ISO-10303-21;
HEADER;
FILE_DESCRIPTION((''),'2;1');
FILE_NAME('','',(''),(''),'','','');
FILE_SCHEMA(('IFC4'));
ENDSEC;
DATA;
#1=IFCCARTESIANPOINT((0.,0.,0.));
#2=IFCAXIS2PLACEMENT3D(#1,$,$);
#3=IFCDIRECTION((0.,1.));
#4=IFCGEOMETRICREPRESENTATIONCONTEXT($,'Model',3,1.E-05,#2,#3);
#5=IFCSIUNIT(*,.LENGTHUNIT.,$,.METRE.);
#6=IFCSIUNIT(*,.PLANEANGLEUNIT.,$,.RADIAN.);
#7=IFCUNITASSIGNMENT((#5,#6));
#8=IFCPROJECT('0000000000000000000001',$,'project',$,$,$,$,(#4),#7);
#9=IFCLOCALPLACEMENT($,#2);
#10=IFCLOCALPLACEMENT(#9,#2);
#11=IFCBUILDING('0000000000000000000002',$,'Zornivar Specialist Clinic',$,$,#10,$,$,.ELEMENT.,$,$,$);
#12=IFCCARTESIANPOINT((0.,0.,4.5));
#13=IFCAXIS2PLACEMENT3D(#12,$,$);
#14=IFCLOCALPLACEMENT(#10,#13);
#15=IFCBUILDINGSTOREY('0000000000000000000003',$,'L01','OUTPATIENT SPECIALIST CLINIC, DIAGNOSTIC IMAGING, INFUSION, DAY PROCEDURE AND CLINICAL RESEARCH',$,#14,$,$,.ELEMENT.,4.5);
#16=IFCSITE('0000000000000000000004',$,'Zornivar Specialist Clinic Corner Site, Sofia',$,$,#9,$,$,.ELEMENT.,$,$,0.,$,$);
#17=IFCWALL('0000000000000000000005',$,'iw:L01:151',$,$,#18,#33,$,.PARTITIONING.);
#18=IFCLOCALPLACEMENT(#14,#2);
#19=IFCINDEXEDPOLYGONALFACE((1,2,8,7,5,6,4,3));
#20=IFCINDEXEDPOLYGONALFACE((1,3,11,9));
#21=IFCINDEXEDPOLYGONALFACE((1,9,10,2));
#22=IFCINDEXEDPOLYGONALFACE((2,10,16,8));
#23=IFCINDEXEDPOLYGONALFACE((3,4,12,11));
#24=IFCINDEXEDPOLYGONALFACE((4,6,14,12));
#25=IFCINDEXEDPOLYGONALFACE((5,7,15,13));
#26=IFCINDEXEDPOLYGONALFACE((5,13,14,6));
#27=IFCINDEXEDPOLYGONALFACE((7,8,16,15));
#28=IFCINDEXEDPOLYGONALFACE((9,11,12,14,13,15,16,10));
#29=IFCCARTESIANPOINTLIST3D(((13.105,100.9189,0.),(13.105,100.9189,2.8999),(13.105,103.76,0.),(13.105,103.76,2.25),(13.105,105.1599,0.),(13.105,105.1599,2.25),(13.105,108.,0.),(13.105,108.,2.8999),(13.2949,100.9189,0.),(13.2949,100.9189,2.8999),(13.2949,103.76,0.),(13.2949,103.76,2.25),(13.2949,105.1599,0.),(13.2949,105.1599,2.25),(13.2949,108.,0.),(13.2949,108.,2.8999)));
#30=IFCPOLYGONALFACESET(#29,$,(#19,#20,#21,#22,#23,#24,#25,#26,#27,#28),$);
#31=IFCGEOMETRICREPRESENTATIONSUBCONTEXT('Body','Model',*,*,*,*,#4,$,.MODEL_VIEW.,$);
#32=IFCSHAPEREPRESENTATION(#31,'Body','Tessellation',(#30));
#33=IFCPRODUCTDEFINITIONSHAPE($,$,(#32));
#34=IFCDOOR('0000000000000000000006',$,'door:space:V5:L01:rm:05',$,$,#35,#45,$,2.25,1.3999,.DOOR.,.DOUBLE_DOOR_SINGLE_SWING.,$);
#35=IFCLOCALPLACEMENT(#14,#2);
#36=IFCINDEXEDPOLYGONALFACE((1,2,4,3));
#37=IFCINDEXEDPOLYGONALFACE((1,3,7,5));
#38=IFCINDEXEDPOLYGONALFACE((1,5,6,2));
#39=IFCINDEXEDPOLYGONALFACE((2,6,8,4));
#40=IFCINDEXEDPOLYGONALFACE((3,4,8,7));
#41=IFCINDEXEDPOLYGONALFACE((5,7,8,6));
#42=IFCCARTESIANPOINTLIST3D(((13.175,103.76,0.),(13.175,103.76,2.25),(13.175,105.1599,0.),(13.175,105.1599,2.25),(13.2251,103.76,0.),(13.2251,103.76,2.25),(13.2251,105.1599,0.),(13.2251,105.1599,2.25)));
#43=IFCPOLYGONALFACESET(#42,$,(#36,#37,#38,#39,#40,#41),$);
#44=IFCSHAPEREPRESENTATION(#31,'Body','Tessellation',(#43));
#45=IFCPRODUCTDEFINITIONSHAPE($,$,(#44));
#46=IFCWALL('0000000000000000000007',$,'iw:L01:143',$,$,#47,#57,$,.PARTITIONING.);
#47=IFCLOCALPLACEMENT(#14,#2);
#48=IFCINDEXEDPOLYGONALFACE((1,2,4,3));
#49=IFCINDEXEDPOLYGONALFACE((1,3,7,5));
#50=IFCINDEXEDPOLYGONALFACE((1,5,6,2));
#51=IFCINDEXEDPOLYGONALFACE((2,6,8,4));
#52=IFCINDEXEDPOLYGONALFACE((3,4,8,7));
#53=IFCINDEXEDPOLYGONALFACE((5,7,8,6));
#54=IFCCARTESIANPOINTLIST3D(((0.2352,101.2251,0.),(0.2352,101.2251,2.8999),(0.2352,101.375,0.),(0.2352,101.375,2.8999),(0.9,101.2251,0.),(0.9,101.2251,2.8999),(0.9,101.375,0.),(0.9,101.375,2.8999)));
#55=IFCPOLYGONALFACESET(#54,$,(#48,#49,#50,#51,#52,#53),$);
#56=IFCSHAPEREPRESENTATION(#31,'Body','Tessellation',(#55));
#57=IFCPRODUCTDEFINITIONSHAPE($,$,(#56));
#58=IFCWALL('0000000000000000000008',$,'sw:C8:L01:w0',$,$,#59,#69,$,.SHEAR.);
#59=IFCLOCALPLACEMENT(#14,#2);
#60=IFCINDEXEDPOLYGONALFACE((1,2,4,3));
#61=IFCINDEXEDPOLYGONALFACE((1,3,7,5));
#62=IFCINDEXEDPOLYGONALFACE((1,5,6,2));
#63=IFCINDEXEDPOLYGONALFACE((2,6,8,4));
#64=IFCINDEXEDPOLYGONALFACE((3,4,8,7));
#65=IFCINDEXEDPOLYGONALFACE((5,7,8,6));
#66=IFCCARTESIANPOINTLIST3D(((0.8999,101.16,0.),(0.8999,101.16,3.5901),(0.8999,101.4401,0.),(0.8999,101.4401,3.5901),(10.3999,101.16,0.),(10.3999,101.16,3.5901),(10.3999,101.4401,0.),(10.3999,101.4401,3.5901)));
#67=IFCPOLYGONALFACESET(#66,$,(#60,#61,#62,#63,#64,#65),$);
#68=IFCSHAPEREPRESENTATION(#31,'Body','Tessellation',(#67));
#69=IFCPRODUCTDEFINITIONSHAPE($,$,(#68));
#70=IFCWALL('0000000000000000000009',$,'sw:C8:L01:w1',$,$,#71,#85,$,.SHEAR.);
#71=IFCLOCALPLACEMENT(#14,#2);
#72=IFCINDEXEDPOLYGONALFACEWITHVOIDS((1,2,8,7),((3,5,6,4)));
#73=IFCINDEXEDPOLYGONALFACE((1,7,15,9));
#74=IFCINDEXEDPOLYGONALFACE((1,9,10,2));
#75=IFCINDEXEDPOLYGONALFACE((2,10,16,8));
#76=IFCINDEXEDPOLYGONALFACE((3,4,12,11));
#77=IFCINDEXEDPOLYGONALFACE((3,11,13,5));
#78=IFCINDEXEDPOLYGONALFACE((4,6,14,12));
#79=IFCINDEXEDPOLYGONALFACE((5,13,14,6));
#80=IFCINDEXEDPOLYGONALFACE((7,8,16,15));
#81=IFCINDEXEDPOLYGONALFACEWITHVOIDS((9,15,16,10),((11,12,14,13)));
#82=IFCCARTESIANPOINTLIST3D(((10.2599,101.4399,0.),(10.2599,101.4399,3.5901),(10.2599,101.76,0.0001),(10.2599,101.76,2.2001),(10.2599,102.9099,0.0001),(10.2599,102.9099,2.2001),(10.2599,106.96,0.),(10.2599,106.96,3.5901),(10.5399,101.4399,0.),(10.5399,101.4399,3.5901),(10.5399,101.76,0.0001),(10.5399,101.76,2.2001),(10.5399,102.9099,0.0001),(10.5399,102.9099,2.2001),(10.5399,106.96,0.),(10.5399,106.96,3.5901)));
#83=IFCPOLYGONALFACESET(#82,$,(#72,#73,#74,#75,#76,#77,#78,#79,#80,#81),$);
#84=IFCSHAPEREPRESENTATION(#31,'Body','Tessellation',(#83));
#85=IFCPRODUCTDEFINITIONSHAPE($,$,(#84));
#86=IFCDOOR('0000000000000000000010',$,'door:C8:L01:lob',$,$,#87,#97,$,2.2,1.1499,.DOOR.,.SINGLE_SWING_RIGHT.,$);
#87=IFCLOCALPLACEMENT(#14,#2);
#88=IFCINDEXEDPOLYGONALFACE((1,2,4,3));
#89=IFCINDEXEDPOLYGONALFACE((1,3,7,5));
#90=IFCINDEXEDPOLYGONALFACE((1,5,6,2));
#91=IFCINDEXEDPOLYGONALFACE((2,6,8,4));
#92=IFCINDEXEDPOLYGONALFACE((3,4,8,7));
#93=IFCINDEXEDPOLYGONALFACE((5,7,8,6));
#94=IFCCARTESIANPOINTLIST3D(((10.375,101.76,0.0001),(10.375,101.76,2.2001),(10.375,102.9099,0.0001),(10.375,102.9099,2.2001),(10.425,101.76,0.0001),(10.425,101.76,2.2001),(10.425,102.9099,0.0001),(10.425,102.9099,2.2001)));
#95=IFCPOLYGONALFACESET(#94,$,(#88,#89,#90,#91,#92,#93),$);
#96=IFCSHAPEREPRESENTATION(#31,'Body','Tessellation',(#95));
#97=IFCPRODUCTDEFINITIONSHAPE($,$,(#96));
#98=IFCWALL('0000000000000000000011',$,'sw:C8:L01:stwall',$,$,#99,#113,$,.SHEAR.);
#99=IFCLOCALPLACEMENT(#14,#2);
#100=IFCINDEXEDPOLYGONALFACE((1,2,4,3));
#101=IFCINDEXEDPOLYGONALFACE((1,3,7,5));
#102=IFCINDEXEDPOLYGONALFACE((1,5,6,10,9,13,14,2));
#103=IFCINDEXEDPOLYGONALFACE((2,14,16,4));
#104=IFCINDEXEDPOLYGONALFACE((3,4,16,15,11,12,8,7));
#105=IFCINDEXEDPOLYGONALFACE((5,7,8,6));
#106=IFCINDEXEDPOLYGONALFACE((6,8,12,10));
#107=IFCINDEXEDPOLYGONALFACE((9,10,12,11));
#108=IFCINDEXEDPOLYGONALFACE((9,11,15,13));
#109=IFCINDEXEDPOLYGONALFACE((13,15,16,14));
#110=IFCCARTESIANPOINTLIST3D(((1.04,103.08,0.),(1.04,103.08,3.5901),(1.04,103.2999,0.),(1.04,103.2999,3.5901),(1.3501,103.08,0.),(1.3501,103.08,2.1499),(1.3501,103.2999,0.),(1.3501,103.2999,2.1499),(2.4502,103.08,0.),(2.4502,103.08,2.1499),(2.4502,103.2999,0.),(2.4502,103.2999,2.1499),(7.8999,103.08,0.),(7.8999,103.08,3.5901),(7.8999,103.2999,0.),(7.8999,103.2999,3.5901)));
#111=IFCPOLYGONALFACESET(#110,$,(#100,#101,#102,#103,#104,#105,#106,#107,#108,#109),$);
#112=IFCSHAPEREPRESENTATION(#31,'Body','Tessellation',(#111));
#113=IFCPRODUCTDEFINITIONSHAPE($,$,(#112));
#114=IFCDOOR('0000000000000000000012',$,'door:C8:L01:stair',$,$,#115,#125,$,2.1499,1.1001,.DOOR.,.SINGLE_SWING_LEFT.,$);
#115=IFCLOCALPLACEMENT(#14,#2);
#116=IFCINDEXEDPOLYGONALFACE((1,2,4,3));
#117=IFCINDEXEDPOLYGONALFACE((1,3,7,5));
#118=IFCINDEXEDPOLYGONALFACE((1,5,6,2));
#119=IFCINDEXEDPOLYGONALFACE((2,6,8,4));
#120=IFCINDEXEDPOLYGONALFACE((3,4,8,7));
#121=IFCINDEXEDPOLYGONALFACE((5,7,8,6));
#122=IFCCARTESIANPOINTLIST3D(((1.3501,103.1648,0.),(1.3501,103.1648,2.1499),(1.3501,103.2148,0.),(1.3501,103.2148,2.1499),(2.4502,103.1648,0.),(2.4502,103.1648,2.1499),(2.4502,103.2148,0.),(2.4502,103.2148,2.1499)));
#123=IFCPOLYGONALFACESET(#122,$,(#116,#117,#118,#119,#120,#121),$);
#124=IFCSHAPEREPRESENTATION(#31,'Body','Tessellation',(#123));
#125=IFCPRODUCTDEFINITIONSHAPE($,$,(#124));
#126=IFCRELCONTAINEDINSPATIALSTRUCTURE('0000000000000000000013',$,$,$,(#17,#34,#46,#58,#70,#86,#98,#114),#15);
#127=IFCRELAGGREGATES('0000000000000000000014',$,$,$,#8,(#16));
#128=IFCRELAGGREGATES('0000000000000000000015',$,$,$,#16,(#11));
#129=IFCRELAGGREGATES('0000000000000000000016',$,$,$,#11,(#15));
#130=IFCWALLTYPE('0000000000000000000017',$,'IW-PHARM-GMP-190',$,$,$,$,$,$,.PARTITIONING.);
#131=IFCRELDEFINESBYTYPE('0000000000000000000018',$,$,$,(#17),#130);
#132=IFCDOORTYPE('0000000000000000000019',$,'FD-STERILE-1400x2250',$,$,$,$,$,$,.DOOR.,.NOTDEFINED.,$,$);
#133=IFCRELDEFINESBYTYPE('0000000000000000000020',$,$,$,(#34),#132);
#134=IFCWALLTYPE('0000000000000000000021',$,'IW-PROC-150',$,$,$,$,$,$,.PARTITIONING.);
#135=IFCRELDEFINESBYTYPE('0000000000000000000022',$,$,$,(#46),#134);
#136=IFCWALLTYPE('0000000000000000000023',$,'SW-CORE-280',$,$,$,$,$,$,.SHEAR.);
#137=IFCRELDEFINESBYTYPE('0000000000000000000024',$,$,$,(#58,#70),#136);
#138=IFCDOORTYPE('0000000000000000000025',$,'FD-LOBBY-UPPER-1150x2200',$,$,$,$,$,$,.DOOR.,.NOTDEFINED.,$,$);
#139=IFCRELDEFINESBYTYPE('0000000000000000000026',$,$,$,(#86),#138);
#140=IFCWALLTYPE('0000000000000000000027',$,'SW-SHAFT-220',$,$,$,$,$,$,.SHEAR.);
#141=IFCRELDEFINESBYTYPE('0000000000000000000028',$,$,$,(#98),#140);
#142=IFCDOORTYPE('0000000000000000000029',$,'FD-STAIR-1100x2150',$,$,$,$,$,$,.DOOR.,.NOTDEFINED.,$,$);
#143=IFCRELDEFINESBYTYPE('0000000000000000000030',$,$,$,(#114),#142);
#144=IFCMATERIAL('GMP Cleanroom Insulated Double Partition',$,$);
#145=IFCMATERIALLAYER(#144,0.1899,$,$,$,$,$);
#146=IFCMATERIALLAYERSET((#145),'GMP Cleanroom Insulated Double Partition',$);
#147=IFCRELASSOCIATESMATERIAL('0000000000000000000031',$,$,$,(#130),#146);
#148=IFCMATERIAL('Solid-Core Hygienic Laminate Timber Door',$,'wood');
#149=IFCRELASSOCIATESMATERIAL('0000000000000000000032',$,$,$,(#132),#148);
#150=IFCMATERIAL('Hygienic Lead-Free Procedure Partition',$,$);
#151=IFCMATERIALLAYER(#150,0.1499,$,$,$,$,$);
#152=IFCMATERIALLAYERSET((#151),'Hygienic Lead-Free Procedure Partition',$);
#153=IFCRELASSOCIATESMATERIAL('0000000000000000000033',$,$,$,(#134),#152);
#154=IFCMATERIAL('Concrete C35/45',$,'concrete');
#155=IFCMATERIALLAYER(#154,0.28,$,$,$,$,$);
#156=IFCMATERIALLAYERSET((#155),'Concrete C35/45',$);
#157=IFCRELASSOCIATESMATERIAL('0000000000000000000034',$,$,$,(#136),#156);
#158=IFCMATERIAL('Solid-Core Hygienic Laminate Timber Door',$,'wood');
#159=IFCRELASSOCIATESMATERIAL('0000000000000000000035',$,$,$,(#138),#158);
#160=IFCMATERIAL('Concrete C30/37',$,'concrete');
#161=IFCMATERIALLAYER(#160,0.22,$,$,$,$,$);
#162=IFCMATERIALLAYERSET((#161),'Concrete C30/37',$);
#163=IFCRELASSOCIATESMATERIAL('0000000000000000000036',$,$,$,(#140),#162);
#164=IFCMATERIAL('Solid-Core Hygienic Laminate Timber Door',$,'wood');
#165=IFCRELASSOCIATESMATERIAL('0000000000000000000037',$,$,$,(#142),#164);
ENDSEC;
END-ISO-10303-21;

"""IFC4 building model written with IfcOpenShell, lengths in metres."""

from ifc_helpers import new_model, si_unit, direction, frame, frame_2d, origin, place, context, subcontext, project, spatial, rectangle, extrude, material, layer, layer_set, type_object, element, fill, save


model = new_model("IFC4")

# Units and contexts
model_context = context("Model", 3, precision=1e-05, world=origin(), true_north=direction((0.0, 1.0)))
body_context = subcontext(model_context, "Body", "Model", "MODEL_VIEW")
ifc_project = project(units=[si_unit("LENGTHUNIT", "METRE"), si_unit("PLANEANGLEUNIT", "RADIAN")], contexts=[model_context])

# Site, building, storey
site_placement = place(None, origin())
site = spatial("IfcSite", under=ifc_project, at=site_placement, Name="Zornivar Specialist Clinic Corner Site, Sofia", CompositionType="ELEMENT", RefElevation=0.0)
building_placement = place(site_placement, origin())
building = spatial("IfcBuilding", under=site, at=building_placement, Name="Zornivar Specialist Clinic", CompositionType="ELEMENT")
storey_placement = place(building_placement, frame((0.0, 0.0, 4.5)))
storey = spatial("IfcBuildingStorey", under=building, at=storey_placement, Name="L01", Description="OUTPATIENT SPECIALIST CLINIC, DIAGNOSTIC IMAGING, INFUSION, DAY PROCEDURE AND CLINICAL RESEARCH", CompositionType="ELEMENT", Elevation=4.5)

# Wall, opening, door
ifc_material_1 = material(Name="GMP Cleanroom Insulated Double Partition")
ifc_layer_1 = layer(ifc_material_1, 0.1899)
ifc_layer_set_1 = layer_set([ifc_layer_1], Name="GMP Cleanroom Insulated Double Partition")
wall_type_1 = type_object("IfcWallType", Name="IW-PHARM-GMP-190", PredefinedType="PARTITIONING", material=ifc_layer_set_1)
wall_1_placement = place(storey_placement, frame((13.2, 100.9189, 0.0), z_axis=(0.0, 0.0, 1.0), x_axis=(0.0, 1.0, 0.0)))
wall_1 = element("IfcWall", 1, at=wall_1_placement, inside=storey, type_object=wall_type_1, Name="iw:L01:151", PredefinedType="PARTITIONING", context=body_context, shape_type="SweptSolid", body=[
    extrude(rectangle(XDim=7.0811, YDim=0.1899, at=frame_2d((3.5405, 0.0))), origin(), (0.0, 0.0, 1.0), 2.8999),
])
opening_1_placement = place(wall_1_placement, frame((2.8411, 0.0, 0.0)))
opening_1 = element("IfcOpeningElement", 2, at=opening_1_placement, cuts=wall_1, PredefinedType="OPENING", context=body_context, shape_type="SweptSolid", body=[
    extrude(rectangle(XDim=1.3999, YDim=2.25, at=frame_2d((0.7, 1.125))), frame((0.0, 0.105, 0.0), z_axis=(0.0, -1.0, 0.0), x_axis=(1.0, 0.0, 0.0)), (0.0, 0.0, 1.0), 0.21),
])
ifc_material_2 = material(Name="Solid-Core Hygienic Laminate Timber Door", Category="wood")
door_type_1 = type_object("IfcDoorType", Name="FD-STERILE-1400x2250", OperationType="NOTDEFINED", PredefinedType="DOOR", material=ifc_material_2)
door_1_placement = place(opening_1_placement, origin())
door_1 = element("IfcDoor", 3, at=door_1_placement, inside=storey, type_object=door_type_1, Name="door:space:V5:L01:rm:05", OperationType="DOUBLE_DOOR_SINGLE_SWING", OverallHeight=2.25, OverallWidth=1.3999, PredefinedType="DOOR", context=body_context, shape_type="SweptSolid", body=[
    extrude(rectangle(XDim=1.3999, YDim=2.25, at=frame_2d((0.7, 1.125))), frame((0.0, 0.0249, 0.0), z_axis=(0.0, -1.0, 0.0), x_axis=(1.0, 0.0, 0.0)), (0.0, 0.0, 1.0), 0.05),
])
fill(opening_1, door_1)

# Walls
ifc_material_3 = material(Name="Hygienic Lead-Free Procedure Partition")
ifc_layer_2 = layer(ifc_material_3, 0.1499)
ifc_layer_set_2 = layer_set([ifc_layer_2], Name="Hygienic Lead-Free Procedure Partition")
wall_type_2 = type_object("IfcWallType", Name="IW-PROC-150", PredefinedType="PARTITIONING", material=ifc_layer_set_2)
wall_2_placement = place(storey_placement, frame((0.2351, 101.3, 0.0), z_axis=(0.0, 0.0, 1.0), x_axis=(1.0, 0.0, 0.0)))
element("IfcWall", 4, at=wall_2_placement, inside=storey, type_object=wall_type_2, Name="iw:L01:143", PredefinedType="PARTITIONING", context=body_context, shape_type="SweptSolid", body=[
    extrude(rectangle(XDim=0.6648, YDim=0.1499, at=frame_2d((0.3325, 0.0))), origin(), (0.0, 0.0, 1.0), 2.8999),
])
ifc_material_4 = material(Name="Concrete C35/45", Category="concrete")
ifc_layer_3 = layer(ifc_material_4, 0.28)
ifc_layer_set_3 = layer_set([ifc_layer_3], Name="Concrete C35/45")
wall_type_3 = type_object("IfcWallType", Name="SW-CORE-280", PredefinedType="SHEAR", material=ifc_layer_set_3)
wall_3_placement = place(storey_placement, frame((0.8999, 101.3, 0.0), z_axis=(0.0, 0.0, 1.0), x_axis=(1.0, 0.0, 0.0)))
element("IfcWall", 5, at=wall_3_placement, inside=storey, type_object=wall_type_3, Name="sw:C8:L01:w0", PredefinedType="SHEAR", context=body_context, shape_type="SweptSolid", body=[
    extrude(rectangle(XDim=9.5, YDim=0.28, at=frame_2d((4.75, 0.0))), origin(), (0.0, 0.0, 1.0), 3.5901),
])

# Walls, openings, doors
wall_4_placement = place(storey_placement, frame((10.3999, 101.4399, 0.0), z_axis=(0.0, 0.0, 1.0), x_axis=(0.0, 1.0, 0.0)))
wall_4 = element("IfcWall", 6, at=wall_4_placement, inside=storey, type_object=wall_type_3, Name="sw:C8:L01:w1", PredefinedType="SHEAR", context=body_context, shape_type="SweptSolid", body=[
    extrude(rectangle(XDim=5.52, YDim=0.28, at=frame_2d((2.76, 0.0))), origin(), (0.0, 0.0, 1.0), 3.5901),
])
opening_2_placement = place(wall_4_placement, frame((0.3201, 0.0, 0.0)))
opening_2 = element("IfcOpeningElement", 7, at=opening_2_placement, cuts=wall_4, PredefinedType="OPENING", context=body_context, shape_type="SweptSolid", body=[
    extrude(rectangle(XDim=1.1499, YDim=2.2, at=frame_2d((0.575, 1.1001))), frame((0.0, 0.1499, 0.0), z_axis=(0.0, -1.0, 0.0), x_axis=(1.0, 0.0, 0.0)), (0.0, 0.0, 1.0), 0.3),
])
ifc_material_5 = material(Name="Solid-Core Hygienic Laminate Timber Door", Category="wood")
door_type_2 = type_object("IfcDoorType", Name="FD-LOBBY-UPPER-1150x2200", OperationType="NOTDEFINED", PredefinedType="DOOR", material=ifc_material_5)
door_2_placement = place(opening_2_placement, origin())
door_2 = element("IfcDoor", 8, at=door_2_placement, inside=storey, type_object=door_type_2, Name="door:C8:L01:lob", OperationType="SINGLE_SWING_RIGHT", OverallHeight=2.2, OverallWidth=1.1499, PredefinedType="DOOR", context=body_context, shape_type="SweptSolid", body=[
    extrude(rectangle(XDim=1.1499, YDim=2.2, at=frame_2d((0.575, 1.1001))), frame((0.0, 0.0249, 0.0), z_axis=(0.0, -1.0, 0.0), x_axis=(1.0, 0.0, 0.0)), (0.0, 0.0, 1.0), 0.05),
])
fill(opening_2, door_2)
ifc_material_6 = material(Name="Concrete C30/37", Category="concrete")
ifc_layer_4 = layer(ifc_material_6, 0.22)
ifc_layer_set_4 = layer_set([ifc_layer_4], Name="Concrete C30/37")
wall_type_4 = type_object("IfcWallType", Name="SW-SHAFT-220", PredefinedType="SHEAR", material=ifc_layer_set_4)
wall_5_placement = place(storey_placement, frame((1.04, 103.1899, 0.0), z_axis=(0.0, 0.0, 1.0), x_axis=(1.0, 0.0, 0.0)))
wall_5 = element("IfcWall", 9, at=wall_5_placement, inside=storey, type_object=wall_type_4, Name="sw:C8:L01:stwall", PredefinedType="SHEAR", context=body_context, shape_type="SweptSolid", body=[
    extrude(rectangle(XDim=6.8599, YDim=0.22, at=frame_2d((3.4299, 0.0))), origin(), (0.0, 0.0, 1.0), 3.5901),
])
opening_3_placement = place(wall_5_placement, frame((0.3101, 0.0, 0.0)))
opening_3 = element("IfcOpeningElement", 10, at=opening_3_placement, cuts=wall_5, PredefinedType="OPENING", context=body_context, shape_type="SweptSolid", body=[
    extrude(rectangle(XDim=1.1001, YDim=2.1499, at=frame_2d((0.55, 1.075))), frame((0.0, 0.1199, 0.0), z_axis=(0.0, -1.0, 0.0), x_axis=(1.0, 0.0, 0.0)), (0.0, 0.0, 1.0), 0.24),
])
ifc_material_7 = material(Name="Solid-Core Hygienic Laminate Timber Door", Category="wood")
door_type_3 = type_object("IfcDoorType", Name="FD-STAIR-1100x2150", OperationType="NOTDEFINED", PredefinedType="DOOR", material=ifc_material_7)
door_3_placement = place(opening_3_placement, origin())
door_3 = element("IfcDoor", 11, at=door_3_placement, inside=storey, type_object=door_type_3, Name="door:C8:L01:stair", OperationType="SINGLE_SWING_LEFT", OverallHeight=2.1499, OverallWidth=1.1001, PredefinedType="DOOR", context=body_context, shape_type="SweptSolid", body=[
    extrude(rectangle(XDim=1.1001, YDim=2.1499, at=frame_2d((0.55, 1.075))), frame((0.0, 0.0249, 0.0), z_axis=(0.0, -1.0, 0.0), x_axis=(1.0, 0.0, 0.0)), (0.0, 0.0, 1.0), 0.05),
])
fill(opening_3, door_3)

save(model, "model.ifc")
